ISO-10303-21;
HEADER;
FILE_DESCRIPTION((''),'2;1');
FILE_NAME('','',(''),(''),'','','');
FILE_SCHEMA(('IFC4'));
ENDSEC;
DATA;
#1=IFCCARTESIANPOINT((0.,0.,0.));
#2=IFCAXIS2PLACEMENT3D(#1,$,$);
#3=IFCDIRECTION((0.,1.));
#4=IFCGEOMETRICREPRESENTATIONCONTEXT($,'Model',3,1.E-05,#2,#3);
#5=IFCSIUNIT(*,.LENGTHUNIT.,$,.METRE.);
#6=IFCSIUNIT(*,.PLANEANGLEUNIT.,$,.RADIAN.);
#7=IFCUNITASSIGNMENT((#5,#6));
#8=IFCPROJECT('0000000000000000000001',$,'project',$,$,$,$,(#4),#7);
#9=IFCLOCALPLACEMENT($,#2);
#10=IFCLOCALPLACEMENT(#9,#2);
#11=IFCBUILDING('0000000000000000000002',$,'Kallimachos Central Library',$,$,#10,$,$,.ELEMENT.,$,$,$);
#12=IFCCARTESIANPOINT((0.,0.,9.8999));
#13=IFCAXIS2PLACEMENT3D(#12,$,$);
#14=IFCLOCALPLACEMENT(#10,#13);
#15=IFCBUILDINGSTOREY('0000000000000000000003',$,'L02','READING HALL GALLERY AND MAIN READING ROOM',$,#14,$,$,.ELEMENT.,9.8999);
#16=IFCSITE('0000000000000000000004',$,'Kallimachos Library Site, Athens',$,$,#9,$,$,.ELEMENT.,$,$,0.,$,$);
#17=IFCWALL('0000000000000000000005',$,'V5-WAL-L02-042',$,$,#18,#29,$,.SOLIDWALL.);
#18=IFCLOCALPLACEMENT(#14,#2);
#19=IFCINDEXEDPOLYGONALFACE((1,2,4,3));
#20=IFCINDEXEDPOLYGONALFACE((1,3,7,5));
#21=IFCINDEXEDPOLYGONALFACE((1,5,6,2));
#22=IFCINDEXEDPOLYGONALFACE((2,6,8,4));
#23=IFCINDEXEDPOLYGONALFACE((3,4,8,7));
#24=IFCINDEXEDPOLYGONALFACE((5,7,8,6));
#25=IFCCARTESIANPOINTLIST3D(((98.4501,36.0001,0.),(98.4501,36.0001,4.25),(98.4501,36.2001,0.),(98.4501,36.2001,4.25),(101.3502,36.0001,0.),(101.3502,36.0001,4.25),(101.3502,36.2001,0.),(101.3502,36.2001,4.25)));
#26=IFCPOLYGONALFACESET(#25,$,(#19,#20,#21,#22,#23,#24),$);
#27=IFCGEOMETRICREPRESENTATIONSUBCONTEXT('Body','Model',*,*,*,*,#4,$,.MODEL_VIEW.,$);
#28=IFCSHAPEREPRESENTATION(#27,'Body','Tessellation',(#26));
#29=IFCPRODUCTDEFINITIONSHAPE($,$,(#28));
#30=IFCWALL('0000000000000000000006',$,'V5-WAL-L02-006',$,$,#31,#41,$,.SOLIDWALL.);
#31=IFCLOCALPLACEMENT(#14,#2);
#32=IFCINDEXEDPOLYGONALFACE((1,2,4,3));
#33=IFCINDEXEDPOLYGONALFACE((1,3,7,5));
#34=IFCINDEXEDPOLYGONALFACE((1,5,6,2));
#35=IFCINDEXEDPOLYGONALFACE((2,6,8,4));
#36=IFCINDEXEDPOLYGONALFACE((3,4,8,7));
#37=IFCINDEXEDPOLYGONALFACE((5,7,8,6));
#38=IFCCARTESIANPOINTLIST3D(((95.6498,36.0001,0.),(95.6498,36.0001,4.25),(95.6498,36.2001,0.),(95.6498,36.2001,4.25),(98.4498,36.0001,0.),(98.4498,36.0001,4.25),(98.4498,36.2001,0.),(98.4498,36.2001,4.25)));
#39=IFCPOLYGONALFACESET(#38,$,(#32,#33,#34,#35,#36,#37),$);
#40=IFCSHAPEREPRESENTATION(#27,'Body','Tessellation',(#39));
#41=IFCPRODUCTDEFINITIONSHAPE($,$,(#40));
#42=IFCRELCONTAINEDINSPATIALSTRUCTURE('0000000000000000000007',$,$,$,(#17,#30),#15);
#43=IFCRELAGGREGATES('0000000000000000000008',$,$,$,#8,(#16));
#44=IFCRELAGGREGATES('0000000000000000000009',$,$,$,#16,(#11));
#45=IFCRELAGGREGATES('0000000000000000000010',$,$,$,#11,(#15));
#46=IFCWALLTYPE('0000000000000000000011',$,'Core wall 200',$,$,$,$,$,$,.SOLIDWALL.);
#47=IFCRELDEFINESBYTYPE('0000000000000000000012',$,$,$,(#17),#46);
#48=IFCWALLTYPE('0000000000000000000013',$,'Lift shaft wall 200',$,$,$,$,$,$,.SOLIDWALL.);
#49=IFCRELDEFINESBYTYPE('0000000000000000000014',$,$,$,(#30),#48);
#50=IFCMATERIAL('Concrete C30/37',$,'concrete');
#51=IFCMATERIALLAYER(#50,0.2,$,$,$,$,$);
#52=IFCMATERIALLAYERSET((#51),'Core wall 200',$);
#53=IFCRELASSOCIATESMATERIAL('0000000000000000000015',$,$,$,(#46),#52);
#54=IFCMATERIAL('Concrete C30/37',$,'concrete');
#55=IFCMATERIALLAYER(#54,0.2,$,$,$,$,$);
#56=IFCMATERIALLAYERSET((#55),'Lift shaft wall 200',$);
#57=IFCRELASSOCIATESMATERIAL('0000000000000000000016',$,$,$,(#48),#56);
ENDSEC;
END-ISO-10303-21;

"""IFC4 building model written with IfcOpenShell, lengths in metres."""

from ifc_helpers import new_model, si_unit, direction, frame, frame_2d, origin, place, context, subcontext, project, spatial, rectangle, extrude, material, layer, layer_set, type_object, element, save


model = new_model("IFC4")

# Units and contexts
model_context = context("Model", 3, precision=1e-05, world=origin(), true_north=direction((0.0, 1.0)))
body_context = subcontext(model_context, "Body", "Model", "MODEL_VIEW")
ifc_project = project(units=[si_unit("LENGTHUNIT", "METRE"), si_unit("PLANEANGLEUNIT", "RADIAN")], contexts=[model_context])

# Site, building, storey
site_placement = place(None, origin())
site = spatial("IfcSite", under=ifc_project, at=site_placement, Name="Kallimachos Library Site, Athens", CompositionType="ELEMENT", RefElevation=0.0)
building_placement = place(site_placement, origin())
building = spatial("IfcBuilding", under=site, at=building_placement, Name="Kallimachos Central Library", CompositionType="ELEMENT")
storey_placement = place(building_placement, frame((0.0, 0.0, 9.8999)))
storey = spatial("IfcBuildingStorey", under=building, at=storey_placement, Name="L02", Description="READING HALL GALLERY AND MAIN READING ROOM", CompositionType="ELEMENT", Elevation=9.8999)

# Walls
ifc_material_1 = material(Name="Concrete C30/37", Category="concrete")
ifc_layer_1 = layer(ifc_material_1, 0.2)
ifc_layer_set_1 = layer_set([ifc_layer_1], Name="Core wall 200")
wall_type_1 = type_object("IfcWallType", Name="Core wall 200", PredefinedType="SOLIDWALL", material=ifc_layer_set_1)
wall_1_placement = place(storey_placement, frame((98.45, 36.1001, 0.0), z_axis=(0.0, 0.0, 1.0), x_axis=(1.0, 0.0, 0.0)))
element("IfcWall", 1, at=wall_1_placement, inside=storey, type_object=wall_type_1, Name="V5-WAL-L02-042", PredefinedType="SOLIDWALL", context=body_context, shape_type="SweptSolid", body=[
    extrude(rectangle(XDim=2.9001, YDim=0.2, at=frame_2d((1.4502, 0.0))), origin(), (0.0, 0.0, 1.0), 4.25),
])
ifc_material_2 = material(Name="Concrete C30/37", Category="concrete")
ifc_layer_2 = layer(ifc_material_2, 0.2)
ifc_layer_set_2 = layer_set([ifc_layer_2], Name="Lift shaft wall 200")
wall_type_2 = type_object("IfcWallType", Name="Lift shaft wall 200", PredefinedType="SOLIDWALL", material=ifc_layer_set_2)
wall_2_placement = place(storey_placement, frame((95.6499, 36.1001, 0.0), z_axis=(0.0, 0.0, 1.0), x_axis=(1.0, 0.0, 0.0)))
element("IfcWall", 2, at=wall_2_placement, inside=storey, type_object=wall_type_2, Name="V5-WAL-L02-006", PredefinedType="SOLIDWALL", context=body_context, shape_type="SweptSolid", body=[
    extrude(rectangle(XDim=2.8, YDim=0.2, at=frame_2d((1.3999, 0.0))), origin(), (0.0, 0.0, 1.0), 4.25),
])

save(model, "model.ifc")
